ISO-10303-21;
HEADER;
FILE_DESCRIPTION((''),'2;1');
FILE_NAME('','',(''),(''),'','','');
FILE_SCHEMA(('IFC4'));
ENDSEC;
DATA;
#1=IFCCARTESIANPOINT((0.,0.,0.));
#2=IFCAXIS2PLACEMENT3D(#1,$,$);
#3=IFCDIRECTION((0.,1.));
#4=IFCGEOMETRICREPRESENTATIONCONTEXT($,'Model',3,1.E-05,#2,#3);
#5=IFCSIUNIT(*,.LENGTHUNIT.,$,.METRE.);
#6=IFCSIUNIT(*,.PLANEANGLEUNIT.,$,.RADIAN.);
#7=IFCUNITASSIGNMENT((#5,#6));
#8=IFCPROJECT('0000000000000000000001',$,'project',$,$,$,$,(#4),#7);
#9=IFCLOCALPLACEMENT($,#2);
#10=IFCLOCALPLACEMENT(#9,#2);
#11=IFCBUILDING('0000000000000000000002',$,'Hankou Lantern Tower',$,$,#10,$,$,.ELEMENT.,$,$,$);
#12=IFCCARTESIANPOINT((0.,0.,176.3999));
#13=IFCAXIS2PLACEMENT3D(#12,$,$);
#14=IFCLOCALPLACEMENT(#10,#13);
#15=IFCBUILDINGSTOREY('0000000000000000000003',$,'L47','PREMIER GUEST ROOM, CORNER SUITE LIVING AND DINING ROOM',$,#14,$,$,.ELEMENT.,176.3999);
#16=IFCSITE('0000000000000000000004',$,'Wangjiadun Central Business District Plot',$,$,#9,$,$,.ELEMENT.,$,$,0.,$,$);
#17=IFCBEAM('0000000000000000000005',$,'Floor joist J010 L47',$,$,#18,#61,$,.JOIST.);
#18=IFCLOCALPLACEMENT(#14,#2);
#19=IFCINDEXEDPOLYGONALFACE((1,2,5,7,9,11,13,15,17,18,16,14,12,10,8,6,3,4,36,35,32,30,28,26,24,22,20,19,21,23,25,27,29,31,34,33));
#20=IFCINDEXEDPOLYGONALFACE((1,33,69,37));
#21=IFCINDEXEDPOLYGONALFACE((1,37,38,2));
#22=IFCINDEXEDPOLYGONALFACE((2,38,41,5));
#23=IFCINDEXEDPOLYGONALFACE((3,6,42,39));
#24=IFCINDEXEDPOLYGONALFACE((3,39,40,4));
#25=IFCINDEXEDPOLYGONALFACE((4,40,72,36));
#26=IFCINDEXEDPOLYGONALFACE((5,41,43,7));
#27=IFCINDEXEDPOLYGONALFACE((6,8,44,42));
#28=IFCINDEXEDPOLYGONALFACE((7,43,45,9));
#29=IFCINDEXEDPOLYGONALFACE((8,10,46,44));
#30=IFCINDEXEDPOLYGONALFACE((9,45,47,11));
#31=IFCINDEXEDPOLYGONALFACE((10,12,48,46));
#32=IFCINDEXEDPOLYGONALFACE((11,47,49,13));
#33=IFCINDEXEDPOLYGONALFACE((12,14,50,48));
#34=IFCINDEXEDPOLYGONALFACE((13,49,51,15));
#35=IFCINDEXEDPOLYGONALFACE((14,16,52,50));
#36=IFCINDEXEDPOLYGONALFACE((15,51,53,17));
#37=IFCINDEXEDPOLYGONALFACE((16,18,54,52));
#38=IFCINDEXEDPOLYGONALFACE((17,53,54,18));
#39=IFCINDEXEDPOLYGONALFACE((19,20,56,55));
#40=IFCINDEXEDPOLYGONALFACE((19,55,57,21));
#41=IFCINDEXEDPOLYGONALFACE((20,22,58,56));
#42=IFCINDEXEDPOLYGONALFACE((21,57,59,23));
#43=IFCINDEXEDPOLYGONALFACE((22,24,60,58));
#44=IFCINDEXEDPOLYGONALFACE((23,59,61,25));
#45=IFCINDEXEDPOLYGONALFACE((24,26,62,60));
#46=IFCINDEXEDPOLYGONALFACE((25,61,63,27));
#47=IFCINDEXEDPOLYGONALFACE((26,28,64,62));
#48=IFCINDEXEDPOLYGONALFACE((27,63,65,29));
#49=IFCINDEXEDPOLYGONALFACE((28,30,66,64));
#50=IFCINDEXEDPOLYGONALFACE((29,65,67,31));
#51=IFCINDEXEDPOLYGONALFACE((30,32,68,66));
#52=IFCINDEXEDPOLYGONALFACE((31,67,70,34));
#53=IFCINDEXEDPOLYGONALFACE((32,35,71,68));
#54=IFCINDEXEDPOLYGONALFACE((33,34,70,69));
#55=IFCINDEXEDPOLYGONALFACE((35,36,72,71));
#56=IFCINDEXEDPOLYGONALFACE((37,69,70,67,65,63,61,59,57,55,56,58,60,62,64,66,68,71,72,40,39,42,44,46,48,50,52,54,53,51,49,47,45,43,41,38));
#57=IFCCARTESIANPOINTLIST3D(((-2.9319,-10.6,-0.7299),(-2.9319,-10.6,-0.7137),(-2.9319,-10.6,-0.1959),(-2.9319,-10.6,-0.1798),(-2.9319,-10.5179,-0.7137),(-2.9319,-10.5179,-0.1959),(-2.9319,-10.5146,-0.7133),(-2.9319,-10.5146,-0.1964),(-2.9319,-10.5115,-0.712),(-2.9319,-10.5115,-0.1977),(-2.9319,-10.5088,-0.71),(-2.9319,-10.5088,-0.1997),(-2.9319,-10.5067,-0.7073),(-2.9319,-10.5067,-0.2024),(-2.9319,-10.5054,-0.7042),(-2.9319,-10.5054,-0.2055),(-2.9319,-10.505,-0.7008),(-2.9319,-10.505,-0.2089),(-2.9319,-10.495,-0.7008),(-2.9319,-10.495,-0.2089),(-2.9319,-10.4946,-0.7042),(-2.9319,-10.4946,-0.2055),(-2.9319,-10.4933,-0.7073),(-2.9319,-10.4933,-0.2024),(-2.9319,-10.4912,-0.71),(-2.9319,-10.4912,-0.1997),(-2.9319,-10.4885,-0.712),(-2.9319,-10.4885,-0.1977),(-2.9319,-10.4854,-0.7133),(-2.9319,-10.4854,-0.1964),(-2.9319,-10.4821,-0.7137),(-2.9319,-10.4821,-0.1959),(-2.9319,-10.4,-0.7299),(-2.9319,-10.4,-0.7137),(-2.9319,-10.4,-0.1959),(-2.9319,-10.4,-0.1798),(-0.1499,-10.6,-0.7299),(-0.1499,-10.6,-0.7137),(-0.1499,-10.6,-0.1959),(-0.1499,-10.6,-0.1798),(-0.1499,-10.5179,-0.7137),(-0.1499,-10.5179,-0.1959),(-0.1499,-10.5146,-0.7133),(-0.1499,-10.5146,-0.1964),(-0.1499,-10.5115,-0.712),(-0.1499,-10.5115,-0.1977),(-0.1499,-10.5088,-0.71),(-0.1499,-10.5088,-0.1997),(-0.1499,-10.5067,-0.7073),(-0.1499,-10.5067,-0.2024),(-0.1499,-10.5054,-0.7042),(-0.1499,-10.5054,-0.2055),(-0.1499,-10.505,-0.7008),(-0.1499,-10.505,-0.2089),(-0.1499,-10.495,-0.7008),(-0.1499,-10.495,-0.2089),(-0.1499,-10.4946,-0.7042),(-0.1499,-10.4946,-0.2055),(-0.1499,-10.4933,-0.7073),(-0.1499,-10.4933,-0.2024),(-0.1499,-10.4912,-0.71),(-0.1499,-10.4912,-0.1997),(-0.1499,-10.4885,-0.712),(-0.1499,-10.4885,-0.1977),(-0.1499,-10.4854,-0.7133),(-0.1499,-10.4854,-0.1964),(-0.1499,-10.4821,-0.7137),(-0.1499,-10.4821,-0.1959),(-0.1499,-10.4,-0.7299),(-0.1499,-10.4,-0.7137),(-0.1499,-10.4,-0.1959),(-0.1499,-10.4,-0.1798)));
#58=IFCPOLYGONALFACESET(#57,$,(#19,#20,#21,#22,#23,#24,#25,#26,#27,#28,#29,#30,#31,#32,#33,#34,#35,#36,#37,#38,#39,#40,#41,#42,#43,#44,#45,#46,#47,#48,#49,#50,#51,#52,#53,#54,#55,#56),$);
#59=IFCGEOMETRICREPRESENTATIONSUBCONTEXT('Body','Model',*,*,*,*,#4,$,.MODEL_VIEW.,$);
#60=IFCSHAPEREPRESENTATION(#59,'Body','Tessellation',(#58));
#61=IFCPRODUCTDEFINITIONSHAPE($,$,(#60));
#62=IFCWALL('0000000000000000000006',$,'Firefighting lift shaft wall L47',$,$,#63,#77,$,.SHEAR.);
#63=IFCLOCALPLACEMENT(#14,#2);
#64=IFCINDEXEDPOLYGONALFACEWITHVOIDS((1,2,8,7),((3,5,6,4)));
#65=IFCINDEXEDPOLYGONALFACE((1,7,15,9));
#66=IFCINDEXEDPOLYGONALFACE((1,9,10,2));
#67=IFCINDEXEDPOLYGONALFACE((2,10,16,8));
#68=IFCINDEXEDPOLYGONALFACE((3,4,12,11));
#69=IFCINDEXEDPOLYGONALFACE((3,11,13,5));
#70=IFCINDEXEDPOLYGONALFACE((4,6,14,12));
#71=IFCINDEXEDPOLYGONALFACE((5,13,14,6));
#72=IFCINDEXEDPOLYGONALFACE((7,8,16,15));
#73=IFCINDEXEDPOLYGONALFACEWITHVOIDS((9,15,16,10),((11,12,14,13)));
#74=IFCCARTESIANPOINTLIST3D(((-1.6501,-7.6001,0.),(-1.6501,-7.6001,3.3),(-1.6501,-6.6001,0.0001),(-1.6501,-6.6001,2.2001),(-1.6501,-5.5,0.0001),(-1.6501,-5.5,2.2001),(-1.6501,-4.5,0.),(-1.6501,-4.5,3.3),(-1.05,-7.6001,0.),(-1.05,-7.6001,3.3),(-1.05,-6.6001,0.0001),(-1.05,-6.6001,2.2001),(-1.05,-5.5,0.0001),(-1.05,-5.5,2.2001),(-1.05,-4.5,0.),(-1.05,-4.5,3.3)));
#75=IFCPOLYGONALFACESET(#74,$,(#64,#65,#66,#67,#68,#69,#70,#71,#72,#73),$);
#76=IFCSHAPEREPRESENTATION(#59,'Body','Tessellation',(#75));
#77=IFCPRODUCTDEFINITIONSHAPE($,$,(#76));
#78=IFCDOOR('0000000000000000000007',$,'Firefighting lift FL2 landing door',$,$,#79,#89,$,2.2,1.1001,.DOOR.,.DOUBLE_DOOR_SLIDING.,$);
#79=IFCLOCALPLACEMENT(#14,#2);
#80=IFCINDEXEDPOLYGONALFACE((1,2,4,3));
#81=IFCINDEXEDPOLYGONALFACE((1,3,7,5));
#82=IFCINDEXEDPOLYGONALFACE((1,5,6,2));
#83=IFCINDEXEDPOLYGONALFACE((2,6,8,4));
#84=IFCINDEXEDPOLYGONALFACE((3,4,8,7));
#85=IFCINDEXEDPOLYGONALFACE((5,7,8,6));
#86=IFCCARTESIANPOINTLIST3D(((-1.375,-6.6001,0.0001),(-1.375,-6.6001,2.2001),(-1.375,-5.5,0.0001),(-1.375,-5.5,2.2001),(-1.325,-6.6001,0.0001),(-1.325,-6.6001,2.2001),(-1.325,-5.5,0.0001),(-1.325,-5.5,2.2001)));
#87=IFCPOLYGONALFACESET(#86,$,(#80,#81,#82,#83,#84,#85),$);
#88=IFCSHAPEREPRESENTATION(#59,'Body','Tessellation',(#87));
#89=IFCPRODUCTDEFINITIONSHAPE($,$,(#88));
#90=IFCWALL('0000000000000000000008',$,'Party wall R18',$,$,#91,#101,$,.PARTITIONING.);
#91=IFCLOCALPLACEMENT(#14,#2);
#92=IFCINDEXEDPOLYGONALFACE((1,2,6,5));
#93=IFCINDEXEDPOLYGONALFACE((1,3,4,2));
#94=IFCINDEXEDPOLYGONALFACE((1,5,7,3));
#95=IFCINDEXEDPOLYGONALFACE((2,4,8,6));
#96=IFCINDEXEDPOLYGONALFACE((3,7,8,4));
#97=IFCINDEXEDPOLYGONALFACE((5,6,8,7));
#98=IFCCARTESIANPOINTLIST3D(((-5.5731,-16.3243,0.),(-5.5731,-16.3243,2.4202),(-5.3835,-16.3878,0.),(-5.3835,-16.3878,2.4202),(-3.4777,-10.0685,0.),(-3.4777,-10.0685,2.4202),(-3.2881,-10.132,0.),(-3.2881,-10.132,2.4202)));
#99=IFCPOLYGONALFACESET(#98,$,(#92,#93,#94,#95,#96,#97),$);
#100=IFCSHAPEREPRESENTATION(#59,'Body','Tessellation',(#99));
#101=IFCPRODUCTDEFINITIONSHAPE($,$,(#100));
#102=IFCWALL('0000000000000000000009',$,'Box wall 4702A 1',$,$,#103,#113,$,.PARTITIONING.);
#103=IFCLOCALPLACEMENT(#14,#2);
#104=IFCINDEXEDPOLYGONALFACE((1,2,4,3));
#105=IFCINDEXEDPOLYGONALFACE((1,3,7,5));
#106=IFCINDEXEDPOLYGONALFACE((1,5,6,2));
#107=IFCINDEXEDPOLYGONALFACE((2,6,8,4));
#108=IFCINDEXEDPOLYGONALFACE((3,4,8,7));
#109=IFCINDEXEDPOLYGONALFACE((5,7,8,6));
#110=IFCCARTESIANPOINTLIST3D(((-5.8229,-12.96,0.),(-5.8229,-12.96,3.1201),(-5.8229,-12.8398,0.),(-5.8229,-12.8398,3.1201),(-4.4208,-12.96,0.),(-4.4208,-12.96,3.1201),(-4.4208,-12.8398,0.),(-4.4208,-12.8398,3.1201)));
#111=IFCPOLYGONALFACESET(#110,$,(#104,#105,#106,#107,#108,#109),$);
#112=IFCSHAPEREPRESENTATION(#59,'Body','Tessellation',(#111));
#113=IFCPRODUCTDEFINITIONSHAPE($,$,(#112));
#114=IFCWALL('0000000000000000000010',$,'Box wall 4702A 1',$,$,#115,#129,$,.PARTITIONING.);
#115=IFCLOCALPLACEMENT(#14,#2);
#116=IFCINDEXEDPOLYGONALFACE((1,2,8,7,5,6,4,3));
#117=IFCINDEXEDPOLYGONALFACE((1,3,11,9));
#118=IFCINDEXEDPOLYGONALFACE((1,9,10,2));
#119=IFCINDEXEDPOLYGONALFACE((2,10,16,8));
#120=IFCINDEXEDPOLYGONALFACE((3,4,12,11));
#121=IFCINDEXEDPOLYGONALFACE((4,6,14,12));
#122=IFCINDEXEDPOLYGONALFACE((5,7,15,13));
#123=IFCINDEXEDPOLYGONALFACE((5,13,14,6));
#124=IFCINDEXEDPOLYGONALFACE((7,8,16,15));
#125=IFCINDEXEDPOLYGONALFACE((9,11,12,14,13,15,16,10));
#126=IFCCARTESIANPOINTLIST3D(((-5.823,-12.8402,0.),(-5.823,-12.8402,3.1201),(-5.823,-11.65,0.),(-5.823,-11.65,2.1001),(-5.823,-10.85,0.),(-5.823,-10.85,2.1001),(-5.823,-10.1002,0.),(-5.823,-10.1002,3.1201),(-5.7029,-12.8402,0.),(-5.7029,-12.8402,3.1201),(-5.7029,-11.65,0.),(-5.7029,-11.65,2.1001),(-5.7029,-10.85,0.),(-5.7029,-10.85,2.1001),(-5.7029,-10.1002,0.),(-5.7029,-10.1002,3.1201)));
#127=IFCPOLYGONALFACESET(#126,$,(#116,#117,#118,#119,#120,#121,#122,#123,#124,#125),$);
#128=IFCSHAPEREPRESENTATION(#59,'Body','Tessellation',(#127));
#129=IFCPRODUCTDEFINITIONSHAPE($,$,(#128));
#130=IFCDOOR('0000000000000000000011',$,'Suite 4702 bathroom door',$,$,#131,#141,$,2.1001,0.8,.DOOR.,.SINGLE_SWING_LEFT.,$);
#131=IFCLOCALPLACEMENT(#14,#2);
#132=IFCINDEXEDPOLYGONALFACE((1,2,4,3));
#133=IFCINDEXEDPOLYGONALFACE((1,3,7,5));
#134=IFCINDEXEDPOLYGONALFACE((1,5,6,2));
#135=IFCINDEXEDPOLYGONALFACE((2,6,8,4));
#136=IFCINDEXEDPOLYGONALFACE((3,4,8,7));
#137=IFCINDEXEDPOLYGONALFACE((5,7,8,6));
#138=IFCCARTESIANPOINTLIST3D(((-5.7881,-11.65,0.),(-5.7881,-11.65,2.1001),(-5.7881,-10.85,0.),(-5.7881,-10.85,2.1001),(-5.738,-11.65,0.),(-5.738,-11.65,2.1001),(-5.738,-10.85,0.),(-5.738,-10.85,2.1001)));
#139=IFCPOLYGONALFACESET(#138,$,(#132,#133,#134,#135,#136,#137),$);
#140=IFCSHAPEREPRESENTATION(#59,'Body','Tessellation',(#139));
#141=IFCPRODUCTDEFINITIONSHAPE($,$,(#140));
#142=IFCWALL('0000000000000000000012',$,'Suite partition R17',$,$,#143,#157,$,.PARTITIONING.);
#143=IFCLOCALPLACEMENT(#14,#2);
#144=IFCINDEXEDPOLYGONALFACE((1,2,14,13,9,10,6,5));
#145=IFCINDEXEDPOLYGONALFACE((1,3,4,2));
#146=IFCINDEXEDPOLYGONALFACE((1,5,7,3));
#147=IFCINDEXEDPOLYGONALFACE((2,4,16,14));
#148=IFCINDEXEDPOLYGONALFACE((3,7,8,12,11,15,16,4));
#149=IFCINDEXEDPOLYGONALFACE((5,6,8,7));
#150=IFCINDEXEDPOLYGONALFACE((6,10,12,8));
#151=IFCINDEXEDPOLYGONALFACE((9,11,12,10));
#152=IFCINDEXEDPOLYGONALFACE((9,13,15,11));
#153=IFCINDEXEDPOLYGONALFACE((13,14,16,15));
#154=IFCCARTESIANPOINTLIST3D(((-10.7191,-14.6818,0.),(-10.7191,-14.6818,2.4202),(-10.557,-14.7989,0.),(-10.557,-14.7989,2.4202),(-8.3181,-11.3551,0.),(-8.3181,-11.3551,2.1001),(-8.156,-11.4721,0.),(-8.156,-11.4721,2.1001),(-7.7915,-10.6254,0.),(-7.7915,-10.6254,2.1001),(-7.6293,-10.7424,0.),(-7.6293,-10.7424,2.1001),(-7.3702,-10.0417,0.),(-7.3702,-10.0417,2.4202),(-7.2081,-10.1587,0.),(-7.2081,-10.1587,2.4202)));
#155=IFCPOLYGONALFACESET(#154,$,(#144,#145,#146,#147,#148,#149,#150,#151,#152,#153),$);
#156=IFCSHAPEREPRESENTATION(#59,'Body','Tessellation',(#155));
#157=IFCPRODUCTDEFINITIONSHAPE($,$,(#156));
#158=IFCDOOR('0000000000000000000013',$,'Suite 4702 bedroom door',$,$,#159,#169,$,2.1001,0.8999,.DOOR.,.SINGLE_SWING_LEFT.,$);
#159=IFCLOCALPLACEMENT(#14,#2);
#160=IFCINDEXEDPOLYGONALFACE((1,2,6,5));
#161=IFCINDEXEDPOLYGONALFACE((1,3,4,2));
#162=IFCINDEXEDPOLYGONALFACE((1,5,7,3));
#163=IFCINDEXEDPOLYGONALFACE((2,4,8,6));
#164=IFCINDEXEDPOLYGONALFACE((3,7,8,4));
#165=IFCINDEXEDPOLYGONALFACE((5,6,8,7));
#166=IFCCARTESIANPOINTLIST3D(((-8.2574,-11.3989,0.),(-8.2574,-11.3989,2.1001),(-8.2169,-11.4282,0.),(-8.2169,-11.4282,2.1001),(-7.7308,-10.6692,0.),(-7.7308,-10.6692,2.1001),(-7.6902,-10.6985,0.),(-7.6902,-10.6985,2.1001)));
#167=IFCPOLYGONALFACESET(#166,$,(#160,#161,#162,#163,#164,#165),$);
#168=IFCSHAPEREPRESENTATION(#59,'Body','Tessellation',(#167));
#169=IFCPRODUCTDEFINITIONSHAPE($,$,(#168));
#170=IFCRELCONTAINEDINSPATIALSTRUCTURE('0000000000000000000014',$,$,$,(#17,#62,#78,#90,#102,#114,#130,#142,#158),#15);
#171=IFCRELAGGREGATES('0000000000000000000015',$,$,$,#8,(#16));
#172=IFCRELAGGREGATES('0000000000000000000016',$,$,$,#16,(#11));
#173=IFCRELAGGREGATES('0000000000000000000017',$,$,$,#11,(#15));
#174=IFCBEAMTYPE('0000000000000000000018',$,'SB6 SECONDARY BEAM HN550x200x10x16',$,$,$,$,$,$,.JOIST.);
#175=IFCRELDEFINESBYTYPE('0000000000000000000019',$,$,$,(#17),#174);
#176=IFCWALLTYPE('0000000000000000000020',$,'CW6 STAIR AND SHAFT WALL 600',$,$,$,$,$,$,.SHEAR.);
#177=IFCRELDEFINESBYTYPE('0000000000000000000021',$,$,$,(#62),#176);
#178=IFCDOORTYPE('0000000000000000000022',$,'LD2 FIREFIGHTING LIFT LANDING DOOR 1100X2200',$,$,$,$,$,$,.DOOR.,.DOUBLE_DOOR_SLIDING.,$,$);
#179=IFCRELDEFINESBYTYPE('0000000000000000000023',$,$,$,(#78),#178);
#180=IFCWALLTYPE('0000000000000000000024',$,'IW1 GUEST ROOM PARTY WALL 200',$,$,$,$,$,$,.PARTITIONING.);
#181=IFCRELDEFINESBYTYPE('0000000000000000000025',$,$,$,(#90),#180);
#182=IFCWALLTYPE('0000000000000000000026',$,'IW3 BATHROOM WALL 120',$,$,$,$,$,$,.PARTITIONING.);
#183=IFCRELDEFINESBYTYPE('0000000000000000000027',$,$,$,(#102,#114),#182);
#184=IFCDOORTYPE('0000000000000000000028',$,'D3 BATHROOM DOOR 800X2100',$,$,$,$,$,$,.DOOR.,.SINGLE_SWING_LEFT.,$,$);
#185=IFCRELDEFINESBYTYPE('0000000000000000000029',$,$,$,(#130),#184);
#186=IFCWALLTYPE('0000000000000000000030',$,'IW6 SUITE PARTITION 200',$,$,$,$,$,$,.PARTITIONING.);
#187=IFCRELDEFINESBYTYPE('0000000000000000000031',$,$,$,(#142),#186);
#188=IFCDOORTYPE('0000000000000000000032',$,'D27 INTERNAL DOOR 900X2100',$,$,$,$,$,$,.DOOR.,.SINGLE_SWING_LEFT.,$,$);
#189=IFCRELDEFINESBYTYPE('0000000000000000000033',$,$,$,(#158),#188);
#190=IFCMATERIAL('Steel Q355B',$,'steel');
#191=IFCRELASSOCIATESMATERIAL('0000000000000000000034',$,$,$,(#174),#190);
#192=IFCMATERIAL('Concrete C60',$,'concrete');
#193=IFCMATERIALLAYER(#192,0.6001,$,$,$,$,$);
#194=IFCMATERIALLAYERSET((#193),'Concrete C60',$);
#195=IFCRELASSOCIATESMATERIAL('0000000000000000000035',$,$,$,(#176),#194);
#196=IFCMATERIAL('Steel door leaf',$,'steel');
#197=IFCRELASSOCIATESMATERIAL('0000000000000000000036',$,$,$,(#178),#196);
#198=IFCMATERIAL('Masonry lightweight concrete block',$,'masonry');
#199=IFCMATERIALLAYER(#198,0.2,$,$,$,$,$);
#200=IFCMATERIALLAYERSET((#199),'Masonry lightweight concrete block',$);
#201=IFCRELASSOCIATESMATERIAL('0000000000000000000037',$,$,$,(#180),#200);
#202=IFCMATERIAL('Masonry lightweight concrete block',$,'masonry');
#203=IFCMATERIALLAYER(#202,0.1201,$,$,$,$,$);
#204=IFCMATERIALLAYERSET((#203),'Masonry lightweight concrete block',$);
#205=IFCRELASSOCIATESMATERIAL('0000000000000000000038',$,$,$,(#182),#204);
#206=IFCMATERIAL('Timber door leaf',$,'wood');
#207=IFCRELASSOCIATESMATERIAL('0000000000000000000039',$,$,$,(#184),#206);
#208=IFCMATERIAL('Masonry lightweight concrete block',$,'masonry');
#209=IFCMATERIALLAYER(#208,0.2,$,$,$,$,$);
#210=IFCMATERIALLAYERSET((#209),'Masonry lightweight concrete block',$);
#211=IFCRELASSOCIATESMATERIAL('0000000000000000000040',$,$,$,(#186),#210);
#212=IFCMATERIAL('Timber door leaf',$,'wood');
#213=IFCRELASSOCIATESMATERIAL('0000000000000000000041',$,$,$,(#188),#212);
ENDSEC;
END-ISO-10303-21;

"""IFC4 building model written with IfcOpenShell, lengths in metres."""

from ifc_helpers import new_model, si_unit, direction, frame, frame_2d, origin, origin_2d, place, context, subcontext, project, spatial, rectangle, i_section, extrude, material, layer, layer_set, material_profile, profile_set, type_object, element, fill, save


model = new_model("IFC4")

# Units and contexts
model_context = context("Model", 3, precision=1e-05, world=origin(), true_north=direction((0.0, 1.0)))
body_context = subcontext(model_context, "Body", "Model", "MODEL_VIEW")
ifc_project = project(units=[si_unit("LENGTHUNIT", "METRE"), si_unit("PLANEANGLEUNIT", "RADIAN")], contexts=[model_context])

# Site, building, storey
site_placement = place(None, origin())
site = spatial("IfcSite", under=ifc_project, at=site_placement, Name="Wangjiadun Central Business District Plot", CompositionType="ELEMENT", RefElevation=0.0)
building_placement = place(site_placement, origin())
building = spatial("IfcBuilding", under=site, at=building_placement, Name="Hankou Lantern Tower", CompositionType="ELEMENT")
storey_placement = place(building_placement, frame((0.0, 0.0, 176.3999)))
storey = spatial("IfcBuildingStorey", under=building, at=storey_placement, Name="L47", Description="PREMIER GUEST ROOM, CORNER SUITE LIVING AND DINING ROOM", CompositionType="ELEMENT", Elevation=176.3999)

# Beam
ifc_material_1 = material(Name="Steel Q355B", Category="steel")
ifc_material_profile_1 = material_profile(ifc_material_1, i_section(OverallWidth=0.2, OverallDepth=0.55, WebThickness=0.01, FlangeThickness=0.0161, FilletRadius=0.0129, at=origin_2d()), Name="HN550x200x10x16")
ifc_profile_set_1 = profile_set([ifc_material_profile_1], Name="Steel Q355B")
beam_type_1 = type_object("IfcBeamType", Name="SB6 SECONDARY BEAM HN550x200x10x16", PredefinedType="JOIST", material=ifc_profile_set_1)
beam_1_placement = place(storey_placement, frame((-2.9319, -10.5, -0.4548), z_axis=(1.0, 0.0, 0.0), x_axis=(0.0, 1.0, 0.0)))
element("IfcBeam", 1, at=beam_1_placement, inside=storey, type_object=beam_type_1, Name="Floor joist J010 L47", PredefinedType="JOIST", context=body_context, shape_type="SweptSolid", body=[
    extrude(i_section(OverallWidth=0.2, OverallDepth=0.55, WebThickness=0.01, FlangeThickness=0.0161, FilletRadius=0.0129, at=origin_2d()), origin(), (0.0, 0.0, 1.0), 2.782),
])

# Wall, opening, door
ifc_material_2 = material(Name="Concrete C60", Category="concrete")
ifc_layer_1 = layer(ifc_material_2, 0.6001)
ifc_layer_set_1 = layer_set([ifc_layer_1], Name="Concrete C60")
wall_type_1 = type_object("IfcWallType", Name="CW6 STAIR AND SHAFT WALL 600", PredefinedType="SHEAR", material=ifc_layer_set_1)
wall_1_placement = place(storey_placement, frame((-1.3501, -7.6001, 0.0), z_axis=(0.0, 0.0, 1.0), x_axis=(0.0, 1.0, 0.0)))
wall_1 = element("IfcWall", 2, at=wall_1_placement, inside=storey, type_object=wall_type_1, Name="Firefighting lift shaft wall L47", PredefinedType="SHEAR", context=body_context, shape_type="SweptSolid", body=[
    extrude(rectangle(XDim=3.1001, YDim=0.6001, at=frame_2d((1.55, 0.0))), origin(), (0.0, 0.0, 1.0), 3.3),
])
opening_1_placement = place(wall_1_placement, frame((1.0, 0.0, 0.0)))
opening_1 = element("IfcOpeningElement", 3, at=opening_1_placement, cuts=wall_1, PredefinedType="OPENING", context=body_context, shape_type="SweptSolid", body=[
    extrude(rectangle(XDim=1.1001, YDim=2.2, at=frame_2d((0.55, 1.1001))), frame((0.0, 0.3101, 0.0), z_axis=(0.0, -1.0, 0.0), x_axis=(1.0, 0.0, 0.0)), (0.0, 0.0, 1.0), 0.6201),
])
ifc_material_3 = material(Name="Steel door leaf", Category="steel")
door_type_1 = type_object("IfcDoorType", Name="LD2 FIREFIGHTING LIFT LANDING DOOR 1100X2200", OperationType="DOUBLE_DOOR_SLIDING", PredefinedType="DOOR", material=ifc_material_3)
door_1_placement = place(opening_1_placement, origin())
door_1 = element("IfcDoor", 4, at=door_1_placement, inside=storey, type_object=door_type_1, Name="Firefighting lift FL2 landing door", OperationType="DOUBLE_DOOR_SLIDING", OverallHeight=2.2, OverallWidth=1.1001, PredefinedType="DOOR", context=body_context, shape_type="SweptSolid", body=[
    extrude(rectangle(XDim=1.1001, YDim=2.2, at=frame_2d((0.55, 1.1001))), frame((0.0, 0.0249, 0.0), z_axis=(0.0, -1.0, 0.0), x_axis=(1.0, 0.0, 0.0)), (0.0, 0.0, 1.0), 0.05),
])
fill(opening_1, door_1)

# Walls
ifc_material_4 = material(Name="Masonry lightweight concrete block", Category="masonry")
ifc_layer_2 = layer(ifc_material_4, 0.2)
ifc_layer_set_2 = layer_set([ifc_layer_2], Name="Masonry lightweight concrete block")
wall_type_2 = type_object("IfcWallType", Name="IW1 GUEST ROOM PARTY WALL 200", PredefinedType="PARTITIONING", material=ifc_layer_set_2)
wall_2_placement = place(storey_placement, frame((-3.3828, -10.1001, 0.0), z_axis=(0.0, 0.0, 1.0), x_axis=(-0.317615, -0.94822, 0.0)))
element("IfcWall", 5, at=wall_2_placement, inside=storey, type_object=wall_type_2, Name="Party wall R18", PredefinedType="PARTITIONING", context=body_context, shape_type="SweptSolid", body=[
    extrude(rectangle(XDim=6.5974, YDim=0.2, at=frame_2d((3.2988, 0.0))), origin(), (0.0, 0.0, 1.0), 2.4202),
])
ifc_material_5 = material(Name="Masonry lightweight concrete block", Category="masonry")
ifc_layer_3 = layer(ifc_material_5, 0.1201)
ifc_layer_set_3 = layer_set([ifc_layer_3], Name="Masonry lightweight concrete block")
wall_type_3 = type_object("IfcWallType", Name="IW3 BATHROOM WALL 120", PredefinedType="PARTITIONING", material=ifc_layer_set_3)
wall_3_placement = place(storey_placement, frame((-4.4207, -12.8999, 0.0), z_axis=(0.0, 0.0, 1.0), x_axis=(-1.0, 0.0, 0.0)))
element("IfcWall", 6, at=wall_3_placement, inside=storey, type_object=wall_type_3, Name="Box wall 4702A 1", PredefinedType="PARTITIONING", context=body_context, shape_type="SweptSolid", body=[
    extrude(rectangle(XDim=1.4021, YDim=0.1201, at=frame_2d((0.7012, 0.0))), origin(), (0.0, 0.0, 1.0), 3.1201),
])

# Walls, openings, doors
wall_4_placement = place(storey_placement, frame((-5.7629, -10.1001, 0.0), z_axis=(0.0, 0.0, 1.0), x_axis=(0.0, -1.0, 0.0)))
wall_4 = element("IfcWall", 7, at=wall_4_placement, inside=storey, type_object=wall_type_3, Name="Box wall 4702A 1", PredefinedType="PARTITIONING", context=body_context, shape_type="SweptSolid", body=[
    extrude(rectangle(XDim=2.74, YDim=0.1201, at=frame_2d((1.3701, 0.0))), origin(), (0.0, 0.0, 1.0), 3.1201),
])
opening_2_placement = place(wall_4_placement, frame((0.75, 0.0, 0.0)))
opening_2 = element("IfcOpeningElement", 8, at=opening_2_placement, cuts=wall_4, PredefinedType="OPENING", context=body_context, shape_type="SweptSolid", body=[
    extrude(rectangle(XDim=0.8, YDim=2.1001, at=frame_2d((0.3999, 1.05))), frame((0.0, 0.0701, 0.0), z_axis=(0.0, -1.0, 0.0), x_axis=(1.0, 0.0, 0.0)), (0.0, 0.0, 1.0), 0.1401),
])
ifc_material_6 = material(Name="Timber door leaf", Category="wood")
door_type_2 = type_object("IfcDoorType", Name="D3 BATHROOM DOOR 800X2100", OperationType="SINGLE_SWING_LEFT", PredefinedType="DOOR", material=ifc_material_6)
door_2_placement = place(opening_2_placement, origin())
door_2 = element("IfcDoor", 9, at=door_2_placement, inside=storey, type_object=door_type_2, Name="Suite 4702 bathroom door", OperationType="SINGLE_SWING_LEFT", OverallHeight=2.1001, OverallWidth=0.8, PredefinedType="DOOR", context=body_context, shape_type="SweptSolid", body=[
    extrude(rectangle(XDim=0.8, YDim=2.1001, at=frame_2d((0.3999, 1.05))), frame((0.0, 0.0249, 0.0), z_axis=(0.0, -1.0, 0.0), x_axis=(1.0, 0.0, 0.0)), (0.0, 0.0, 1.0), 0.05),
])
fill(opening_2, door_2)
ifc_material_7 = material(Name="Masonry lightweight concrete block", Category="masonry")
ifc_layer_4 = layer(ifc_material_7, 0.2)
ifc_layer_set_4 = layer_set([ifc_layer_4], Name="Masonry lightweight concrete block")
wall_type_4 = type_object("IfcWallType", Name="IW6 SUITE PARTITION 200", PredefinedType="PARTITIONING", material=ifc_layer_set_4)
wall_5_placement = place(storey_placement, frame((-7.2891, -10.1001, 0.0), z_axis=(0.0, 0.0, 1.0), x_axis=(-0.585223, -0.810873, 0.0)))
wall_5 = element("IfcWall", 10, at=wall_5_placement, inside=storey, type_object=wall_type_4, Name="Suite partition R17", PredefinedType="PARTITIONING", context=body_context, shape_type="SweptSolid", body=[
    extrude(rectangle(XDim=5.7224, YDim=0.2, at=frame_2d((2.8613, 0.0))), origin(), (0.0, 0.0, 1.0), 2.4202),
])
opening_3_placement = place(wall_5_placement, frame((0.72, 0.0, 0.0)))
opening_3 = element("IfcOpeningElement", 11, at=opening_3_placement, cuts=wall_5, PredefinedType="OPENING", context=body_context, shape_type="SweptSolid", body=[
    extrude(rectangle(XDim=0.8999, YDim=2.1001, at=frame_2d((0.45, 1.05))), frame((0.0, 0.1099, 0.0), z_axis=(0.0, -1.0, 0.0), x_axis=(1.0, 0.0, 0.0)), (0.0, 0.0, 1.0), 0.22),
])
ifc_material_8 = material(Name="Timber door leaf", Category="wood")
door_type_3 = type_object("IfcDoorType", Name="D27 INTERNAL DOOR 900X2100", OperationType="SINGLE_SWING_LEFT", PredefinedType="DOOR", material=ifc_material_8)
door_3_placement = place(opening_3_placement, origin())
door_3 = element("IfcDoor", 12, at=door_3_placement, inside=storey, type_object=door_type_3, Name="Suite 4702 bedroom door", OperationType="SINGLE_SWING_LEFT", OverallHeight=2.1001, OverallWidth=0.8999, PredefinedType="DOOR", context=body_context, shape_type="SweptSolid", body=[
    extrude(rectangle(XDim=0.8999, YDim=2.1001, at=frame_2d((0.45, 1.05))), frame((0.0, 0.0249, 0.0), z_axis=(0.0, -1.0, 0.0), x_axis=(1.0, 0.0, 0.0)), (0.0, 0.0, 1.0), 0.05),
])
fill(opening_3, door_3)

save(model, "model.ifc")
